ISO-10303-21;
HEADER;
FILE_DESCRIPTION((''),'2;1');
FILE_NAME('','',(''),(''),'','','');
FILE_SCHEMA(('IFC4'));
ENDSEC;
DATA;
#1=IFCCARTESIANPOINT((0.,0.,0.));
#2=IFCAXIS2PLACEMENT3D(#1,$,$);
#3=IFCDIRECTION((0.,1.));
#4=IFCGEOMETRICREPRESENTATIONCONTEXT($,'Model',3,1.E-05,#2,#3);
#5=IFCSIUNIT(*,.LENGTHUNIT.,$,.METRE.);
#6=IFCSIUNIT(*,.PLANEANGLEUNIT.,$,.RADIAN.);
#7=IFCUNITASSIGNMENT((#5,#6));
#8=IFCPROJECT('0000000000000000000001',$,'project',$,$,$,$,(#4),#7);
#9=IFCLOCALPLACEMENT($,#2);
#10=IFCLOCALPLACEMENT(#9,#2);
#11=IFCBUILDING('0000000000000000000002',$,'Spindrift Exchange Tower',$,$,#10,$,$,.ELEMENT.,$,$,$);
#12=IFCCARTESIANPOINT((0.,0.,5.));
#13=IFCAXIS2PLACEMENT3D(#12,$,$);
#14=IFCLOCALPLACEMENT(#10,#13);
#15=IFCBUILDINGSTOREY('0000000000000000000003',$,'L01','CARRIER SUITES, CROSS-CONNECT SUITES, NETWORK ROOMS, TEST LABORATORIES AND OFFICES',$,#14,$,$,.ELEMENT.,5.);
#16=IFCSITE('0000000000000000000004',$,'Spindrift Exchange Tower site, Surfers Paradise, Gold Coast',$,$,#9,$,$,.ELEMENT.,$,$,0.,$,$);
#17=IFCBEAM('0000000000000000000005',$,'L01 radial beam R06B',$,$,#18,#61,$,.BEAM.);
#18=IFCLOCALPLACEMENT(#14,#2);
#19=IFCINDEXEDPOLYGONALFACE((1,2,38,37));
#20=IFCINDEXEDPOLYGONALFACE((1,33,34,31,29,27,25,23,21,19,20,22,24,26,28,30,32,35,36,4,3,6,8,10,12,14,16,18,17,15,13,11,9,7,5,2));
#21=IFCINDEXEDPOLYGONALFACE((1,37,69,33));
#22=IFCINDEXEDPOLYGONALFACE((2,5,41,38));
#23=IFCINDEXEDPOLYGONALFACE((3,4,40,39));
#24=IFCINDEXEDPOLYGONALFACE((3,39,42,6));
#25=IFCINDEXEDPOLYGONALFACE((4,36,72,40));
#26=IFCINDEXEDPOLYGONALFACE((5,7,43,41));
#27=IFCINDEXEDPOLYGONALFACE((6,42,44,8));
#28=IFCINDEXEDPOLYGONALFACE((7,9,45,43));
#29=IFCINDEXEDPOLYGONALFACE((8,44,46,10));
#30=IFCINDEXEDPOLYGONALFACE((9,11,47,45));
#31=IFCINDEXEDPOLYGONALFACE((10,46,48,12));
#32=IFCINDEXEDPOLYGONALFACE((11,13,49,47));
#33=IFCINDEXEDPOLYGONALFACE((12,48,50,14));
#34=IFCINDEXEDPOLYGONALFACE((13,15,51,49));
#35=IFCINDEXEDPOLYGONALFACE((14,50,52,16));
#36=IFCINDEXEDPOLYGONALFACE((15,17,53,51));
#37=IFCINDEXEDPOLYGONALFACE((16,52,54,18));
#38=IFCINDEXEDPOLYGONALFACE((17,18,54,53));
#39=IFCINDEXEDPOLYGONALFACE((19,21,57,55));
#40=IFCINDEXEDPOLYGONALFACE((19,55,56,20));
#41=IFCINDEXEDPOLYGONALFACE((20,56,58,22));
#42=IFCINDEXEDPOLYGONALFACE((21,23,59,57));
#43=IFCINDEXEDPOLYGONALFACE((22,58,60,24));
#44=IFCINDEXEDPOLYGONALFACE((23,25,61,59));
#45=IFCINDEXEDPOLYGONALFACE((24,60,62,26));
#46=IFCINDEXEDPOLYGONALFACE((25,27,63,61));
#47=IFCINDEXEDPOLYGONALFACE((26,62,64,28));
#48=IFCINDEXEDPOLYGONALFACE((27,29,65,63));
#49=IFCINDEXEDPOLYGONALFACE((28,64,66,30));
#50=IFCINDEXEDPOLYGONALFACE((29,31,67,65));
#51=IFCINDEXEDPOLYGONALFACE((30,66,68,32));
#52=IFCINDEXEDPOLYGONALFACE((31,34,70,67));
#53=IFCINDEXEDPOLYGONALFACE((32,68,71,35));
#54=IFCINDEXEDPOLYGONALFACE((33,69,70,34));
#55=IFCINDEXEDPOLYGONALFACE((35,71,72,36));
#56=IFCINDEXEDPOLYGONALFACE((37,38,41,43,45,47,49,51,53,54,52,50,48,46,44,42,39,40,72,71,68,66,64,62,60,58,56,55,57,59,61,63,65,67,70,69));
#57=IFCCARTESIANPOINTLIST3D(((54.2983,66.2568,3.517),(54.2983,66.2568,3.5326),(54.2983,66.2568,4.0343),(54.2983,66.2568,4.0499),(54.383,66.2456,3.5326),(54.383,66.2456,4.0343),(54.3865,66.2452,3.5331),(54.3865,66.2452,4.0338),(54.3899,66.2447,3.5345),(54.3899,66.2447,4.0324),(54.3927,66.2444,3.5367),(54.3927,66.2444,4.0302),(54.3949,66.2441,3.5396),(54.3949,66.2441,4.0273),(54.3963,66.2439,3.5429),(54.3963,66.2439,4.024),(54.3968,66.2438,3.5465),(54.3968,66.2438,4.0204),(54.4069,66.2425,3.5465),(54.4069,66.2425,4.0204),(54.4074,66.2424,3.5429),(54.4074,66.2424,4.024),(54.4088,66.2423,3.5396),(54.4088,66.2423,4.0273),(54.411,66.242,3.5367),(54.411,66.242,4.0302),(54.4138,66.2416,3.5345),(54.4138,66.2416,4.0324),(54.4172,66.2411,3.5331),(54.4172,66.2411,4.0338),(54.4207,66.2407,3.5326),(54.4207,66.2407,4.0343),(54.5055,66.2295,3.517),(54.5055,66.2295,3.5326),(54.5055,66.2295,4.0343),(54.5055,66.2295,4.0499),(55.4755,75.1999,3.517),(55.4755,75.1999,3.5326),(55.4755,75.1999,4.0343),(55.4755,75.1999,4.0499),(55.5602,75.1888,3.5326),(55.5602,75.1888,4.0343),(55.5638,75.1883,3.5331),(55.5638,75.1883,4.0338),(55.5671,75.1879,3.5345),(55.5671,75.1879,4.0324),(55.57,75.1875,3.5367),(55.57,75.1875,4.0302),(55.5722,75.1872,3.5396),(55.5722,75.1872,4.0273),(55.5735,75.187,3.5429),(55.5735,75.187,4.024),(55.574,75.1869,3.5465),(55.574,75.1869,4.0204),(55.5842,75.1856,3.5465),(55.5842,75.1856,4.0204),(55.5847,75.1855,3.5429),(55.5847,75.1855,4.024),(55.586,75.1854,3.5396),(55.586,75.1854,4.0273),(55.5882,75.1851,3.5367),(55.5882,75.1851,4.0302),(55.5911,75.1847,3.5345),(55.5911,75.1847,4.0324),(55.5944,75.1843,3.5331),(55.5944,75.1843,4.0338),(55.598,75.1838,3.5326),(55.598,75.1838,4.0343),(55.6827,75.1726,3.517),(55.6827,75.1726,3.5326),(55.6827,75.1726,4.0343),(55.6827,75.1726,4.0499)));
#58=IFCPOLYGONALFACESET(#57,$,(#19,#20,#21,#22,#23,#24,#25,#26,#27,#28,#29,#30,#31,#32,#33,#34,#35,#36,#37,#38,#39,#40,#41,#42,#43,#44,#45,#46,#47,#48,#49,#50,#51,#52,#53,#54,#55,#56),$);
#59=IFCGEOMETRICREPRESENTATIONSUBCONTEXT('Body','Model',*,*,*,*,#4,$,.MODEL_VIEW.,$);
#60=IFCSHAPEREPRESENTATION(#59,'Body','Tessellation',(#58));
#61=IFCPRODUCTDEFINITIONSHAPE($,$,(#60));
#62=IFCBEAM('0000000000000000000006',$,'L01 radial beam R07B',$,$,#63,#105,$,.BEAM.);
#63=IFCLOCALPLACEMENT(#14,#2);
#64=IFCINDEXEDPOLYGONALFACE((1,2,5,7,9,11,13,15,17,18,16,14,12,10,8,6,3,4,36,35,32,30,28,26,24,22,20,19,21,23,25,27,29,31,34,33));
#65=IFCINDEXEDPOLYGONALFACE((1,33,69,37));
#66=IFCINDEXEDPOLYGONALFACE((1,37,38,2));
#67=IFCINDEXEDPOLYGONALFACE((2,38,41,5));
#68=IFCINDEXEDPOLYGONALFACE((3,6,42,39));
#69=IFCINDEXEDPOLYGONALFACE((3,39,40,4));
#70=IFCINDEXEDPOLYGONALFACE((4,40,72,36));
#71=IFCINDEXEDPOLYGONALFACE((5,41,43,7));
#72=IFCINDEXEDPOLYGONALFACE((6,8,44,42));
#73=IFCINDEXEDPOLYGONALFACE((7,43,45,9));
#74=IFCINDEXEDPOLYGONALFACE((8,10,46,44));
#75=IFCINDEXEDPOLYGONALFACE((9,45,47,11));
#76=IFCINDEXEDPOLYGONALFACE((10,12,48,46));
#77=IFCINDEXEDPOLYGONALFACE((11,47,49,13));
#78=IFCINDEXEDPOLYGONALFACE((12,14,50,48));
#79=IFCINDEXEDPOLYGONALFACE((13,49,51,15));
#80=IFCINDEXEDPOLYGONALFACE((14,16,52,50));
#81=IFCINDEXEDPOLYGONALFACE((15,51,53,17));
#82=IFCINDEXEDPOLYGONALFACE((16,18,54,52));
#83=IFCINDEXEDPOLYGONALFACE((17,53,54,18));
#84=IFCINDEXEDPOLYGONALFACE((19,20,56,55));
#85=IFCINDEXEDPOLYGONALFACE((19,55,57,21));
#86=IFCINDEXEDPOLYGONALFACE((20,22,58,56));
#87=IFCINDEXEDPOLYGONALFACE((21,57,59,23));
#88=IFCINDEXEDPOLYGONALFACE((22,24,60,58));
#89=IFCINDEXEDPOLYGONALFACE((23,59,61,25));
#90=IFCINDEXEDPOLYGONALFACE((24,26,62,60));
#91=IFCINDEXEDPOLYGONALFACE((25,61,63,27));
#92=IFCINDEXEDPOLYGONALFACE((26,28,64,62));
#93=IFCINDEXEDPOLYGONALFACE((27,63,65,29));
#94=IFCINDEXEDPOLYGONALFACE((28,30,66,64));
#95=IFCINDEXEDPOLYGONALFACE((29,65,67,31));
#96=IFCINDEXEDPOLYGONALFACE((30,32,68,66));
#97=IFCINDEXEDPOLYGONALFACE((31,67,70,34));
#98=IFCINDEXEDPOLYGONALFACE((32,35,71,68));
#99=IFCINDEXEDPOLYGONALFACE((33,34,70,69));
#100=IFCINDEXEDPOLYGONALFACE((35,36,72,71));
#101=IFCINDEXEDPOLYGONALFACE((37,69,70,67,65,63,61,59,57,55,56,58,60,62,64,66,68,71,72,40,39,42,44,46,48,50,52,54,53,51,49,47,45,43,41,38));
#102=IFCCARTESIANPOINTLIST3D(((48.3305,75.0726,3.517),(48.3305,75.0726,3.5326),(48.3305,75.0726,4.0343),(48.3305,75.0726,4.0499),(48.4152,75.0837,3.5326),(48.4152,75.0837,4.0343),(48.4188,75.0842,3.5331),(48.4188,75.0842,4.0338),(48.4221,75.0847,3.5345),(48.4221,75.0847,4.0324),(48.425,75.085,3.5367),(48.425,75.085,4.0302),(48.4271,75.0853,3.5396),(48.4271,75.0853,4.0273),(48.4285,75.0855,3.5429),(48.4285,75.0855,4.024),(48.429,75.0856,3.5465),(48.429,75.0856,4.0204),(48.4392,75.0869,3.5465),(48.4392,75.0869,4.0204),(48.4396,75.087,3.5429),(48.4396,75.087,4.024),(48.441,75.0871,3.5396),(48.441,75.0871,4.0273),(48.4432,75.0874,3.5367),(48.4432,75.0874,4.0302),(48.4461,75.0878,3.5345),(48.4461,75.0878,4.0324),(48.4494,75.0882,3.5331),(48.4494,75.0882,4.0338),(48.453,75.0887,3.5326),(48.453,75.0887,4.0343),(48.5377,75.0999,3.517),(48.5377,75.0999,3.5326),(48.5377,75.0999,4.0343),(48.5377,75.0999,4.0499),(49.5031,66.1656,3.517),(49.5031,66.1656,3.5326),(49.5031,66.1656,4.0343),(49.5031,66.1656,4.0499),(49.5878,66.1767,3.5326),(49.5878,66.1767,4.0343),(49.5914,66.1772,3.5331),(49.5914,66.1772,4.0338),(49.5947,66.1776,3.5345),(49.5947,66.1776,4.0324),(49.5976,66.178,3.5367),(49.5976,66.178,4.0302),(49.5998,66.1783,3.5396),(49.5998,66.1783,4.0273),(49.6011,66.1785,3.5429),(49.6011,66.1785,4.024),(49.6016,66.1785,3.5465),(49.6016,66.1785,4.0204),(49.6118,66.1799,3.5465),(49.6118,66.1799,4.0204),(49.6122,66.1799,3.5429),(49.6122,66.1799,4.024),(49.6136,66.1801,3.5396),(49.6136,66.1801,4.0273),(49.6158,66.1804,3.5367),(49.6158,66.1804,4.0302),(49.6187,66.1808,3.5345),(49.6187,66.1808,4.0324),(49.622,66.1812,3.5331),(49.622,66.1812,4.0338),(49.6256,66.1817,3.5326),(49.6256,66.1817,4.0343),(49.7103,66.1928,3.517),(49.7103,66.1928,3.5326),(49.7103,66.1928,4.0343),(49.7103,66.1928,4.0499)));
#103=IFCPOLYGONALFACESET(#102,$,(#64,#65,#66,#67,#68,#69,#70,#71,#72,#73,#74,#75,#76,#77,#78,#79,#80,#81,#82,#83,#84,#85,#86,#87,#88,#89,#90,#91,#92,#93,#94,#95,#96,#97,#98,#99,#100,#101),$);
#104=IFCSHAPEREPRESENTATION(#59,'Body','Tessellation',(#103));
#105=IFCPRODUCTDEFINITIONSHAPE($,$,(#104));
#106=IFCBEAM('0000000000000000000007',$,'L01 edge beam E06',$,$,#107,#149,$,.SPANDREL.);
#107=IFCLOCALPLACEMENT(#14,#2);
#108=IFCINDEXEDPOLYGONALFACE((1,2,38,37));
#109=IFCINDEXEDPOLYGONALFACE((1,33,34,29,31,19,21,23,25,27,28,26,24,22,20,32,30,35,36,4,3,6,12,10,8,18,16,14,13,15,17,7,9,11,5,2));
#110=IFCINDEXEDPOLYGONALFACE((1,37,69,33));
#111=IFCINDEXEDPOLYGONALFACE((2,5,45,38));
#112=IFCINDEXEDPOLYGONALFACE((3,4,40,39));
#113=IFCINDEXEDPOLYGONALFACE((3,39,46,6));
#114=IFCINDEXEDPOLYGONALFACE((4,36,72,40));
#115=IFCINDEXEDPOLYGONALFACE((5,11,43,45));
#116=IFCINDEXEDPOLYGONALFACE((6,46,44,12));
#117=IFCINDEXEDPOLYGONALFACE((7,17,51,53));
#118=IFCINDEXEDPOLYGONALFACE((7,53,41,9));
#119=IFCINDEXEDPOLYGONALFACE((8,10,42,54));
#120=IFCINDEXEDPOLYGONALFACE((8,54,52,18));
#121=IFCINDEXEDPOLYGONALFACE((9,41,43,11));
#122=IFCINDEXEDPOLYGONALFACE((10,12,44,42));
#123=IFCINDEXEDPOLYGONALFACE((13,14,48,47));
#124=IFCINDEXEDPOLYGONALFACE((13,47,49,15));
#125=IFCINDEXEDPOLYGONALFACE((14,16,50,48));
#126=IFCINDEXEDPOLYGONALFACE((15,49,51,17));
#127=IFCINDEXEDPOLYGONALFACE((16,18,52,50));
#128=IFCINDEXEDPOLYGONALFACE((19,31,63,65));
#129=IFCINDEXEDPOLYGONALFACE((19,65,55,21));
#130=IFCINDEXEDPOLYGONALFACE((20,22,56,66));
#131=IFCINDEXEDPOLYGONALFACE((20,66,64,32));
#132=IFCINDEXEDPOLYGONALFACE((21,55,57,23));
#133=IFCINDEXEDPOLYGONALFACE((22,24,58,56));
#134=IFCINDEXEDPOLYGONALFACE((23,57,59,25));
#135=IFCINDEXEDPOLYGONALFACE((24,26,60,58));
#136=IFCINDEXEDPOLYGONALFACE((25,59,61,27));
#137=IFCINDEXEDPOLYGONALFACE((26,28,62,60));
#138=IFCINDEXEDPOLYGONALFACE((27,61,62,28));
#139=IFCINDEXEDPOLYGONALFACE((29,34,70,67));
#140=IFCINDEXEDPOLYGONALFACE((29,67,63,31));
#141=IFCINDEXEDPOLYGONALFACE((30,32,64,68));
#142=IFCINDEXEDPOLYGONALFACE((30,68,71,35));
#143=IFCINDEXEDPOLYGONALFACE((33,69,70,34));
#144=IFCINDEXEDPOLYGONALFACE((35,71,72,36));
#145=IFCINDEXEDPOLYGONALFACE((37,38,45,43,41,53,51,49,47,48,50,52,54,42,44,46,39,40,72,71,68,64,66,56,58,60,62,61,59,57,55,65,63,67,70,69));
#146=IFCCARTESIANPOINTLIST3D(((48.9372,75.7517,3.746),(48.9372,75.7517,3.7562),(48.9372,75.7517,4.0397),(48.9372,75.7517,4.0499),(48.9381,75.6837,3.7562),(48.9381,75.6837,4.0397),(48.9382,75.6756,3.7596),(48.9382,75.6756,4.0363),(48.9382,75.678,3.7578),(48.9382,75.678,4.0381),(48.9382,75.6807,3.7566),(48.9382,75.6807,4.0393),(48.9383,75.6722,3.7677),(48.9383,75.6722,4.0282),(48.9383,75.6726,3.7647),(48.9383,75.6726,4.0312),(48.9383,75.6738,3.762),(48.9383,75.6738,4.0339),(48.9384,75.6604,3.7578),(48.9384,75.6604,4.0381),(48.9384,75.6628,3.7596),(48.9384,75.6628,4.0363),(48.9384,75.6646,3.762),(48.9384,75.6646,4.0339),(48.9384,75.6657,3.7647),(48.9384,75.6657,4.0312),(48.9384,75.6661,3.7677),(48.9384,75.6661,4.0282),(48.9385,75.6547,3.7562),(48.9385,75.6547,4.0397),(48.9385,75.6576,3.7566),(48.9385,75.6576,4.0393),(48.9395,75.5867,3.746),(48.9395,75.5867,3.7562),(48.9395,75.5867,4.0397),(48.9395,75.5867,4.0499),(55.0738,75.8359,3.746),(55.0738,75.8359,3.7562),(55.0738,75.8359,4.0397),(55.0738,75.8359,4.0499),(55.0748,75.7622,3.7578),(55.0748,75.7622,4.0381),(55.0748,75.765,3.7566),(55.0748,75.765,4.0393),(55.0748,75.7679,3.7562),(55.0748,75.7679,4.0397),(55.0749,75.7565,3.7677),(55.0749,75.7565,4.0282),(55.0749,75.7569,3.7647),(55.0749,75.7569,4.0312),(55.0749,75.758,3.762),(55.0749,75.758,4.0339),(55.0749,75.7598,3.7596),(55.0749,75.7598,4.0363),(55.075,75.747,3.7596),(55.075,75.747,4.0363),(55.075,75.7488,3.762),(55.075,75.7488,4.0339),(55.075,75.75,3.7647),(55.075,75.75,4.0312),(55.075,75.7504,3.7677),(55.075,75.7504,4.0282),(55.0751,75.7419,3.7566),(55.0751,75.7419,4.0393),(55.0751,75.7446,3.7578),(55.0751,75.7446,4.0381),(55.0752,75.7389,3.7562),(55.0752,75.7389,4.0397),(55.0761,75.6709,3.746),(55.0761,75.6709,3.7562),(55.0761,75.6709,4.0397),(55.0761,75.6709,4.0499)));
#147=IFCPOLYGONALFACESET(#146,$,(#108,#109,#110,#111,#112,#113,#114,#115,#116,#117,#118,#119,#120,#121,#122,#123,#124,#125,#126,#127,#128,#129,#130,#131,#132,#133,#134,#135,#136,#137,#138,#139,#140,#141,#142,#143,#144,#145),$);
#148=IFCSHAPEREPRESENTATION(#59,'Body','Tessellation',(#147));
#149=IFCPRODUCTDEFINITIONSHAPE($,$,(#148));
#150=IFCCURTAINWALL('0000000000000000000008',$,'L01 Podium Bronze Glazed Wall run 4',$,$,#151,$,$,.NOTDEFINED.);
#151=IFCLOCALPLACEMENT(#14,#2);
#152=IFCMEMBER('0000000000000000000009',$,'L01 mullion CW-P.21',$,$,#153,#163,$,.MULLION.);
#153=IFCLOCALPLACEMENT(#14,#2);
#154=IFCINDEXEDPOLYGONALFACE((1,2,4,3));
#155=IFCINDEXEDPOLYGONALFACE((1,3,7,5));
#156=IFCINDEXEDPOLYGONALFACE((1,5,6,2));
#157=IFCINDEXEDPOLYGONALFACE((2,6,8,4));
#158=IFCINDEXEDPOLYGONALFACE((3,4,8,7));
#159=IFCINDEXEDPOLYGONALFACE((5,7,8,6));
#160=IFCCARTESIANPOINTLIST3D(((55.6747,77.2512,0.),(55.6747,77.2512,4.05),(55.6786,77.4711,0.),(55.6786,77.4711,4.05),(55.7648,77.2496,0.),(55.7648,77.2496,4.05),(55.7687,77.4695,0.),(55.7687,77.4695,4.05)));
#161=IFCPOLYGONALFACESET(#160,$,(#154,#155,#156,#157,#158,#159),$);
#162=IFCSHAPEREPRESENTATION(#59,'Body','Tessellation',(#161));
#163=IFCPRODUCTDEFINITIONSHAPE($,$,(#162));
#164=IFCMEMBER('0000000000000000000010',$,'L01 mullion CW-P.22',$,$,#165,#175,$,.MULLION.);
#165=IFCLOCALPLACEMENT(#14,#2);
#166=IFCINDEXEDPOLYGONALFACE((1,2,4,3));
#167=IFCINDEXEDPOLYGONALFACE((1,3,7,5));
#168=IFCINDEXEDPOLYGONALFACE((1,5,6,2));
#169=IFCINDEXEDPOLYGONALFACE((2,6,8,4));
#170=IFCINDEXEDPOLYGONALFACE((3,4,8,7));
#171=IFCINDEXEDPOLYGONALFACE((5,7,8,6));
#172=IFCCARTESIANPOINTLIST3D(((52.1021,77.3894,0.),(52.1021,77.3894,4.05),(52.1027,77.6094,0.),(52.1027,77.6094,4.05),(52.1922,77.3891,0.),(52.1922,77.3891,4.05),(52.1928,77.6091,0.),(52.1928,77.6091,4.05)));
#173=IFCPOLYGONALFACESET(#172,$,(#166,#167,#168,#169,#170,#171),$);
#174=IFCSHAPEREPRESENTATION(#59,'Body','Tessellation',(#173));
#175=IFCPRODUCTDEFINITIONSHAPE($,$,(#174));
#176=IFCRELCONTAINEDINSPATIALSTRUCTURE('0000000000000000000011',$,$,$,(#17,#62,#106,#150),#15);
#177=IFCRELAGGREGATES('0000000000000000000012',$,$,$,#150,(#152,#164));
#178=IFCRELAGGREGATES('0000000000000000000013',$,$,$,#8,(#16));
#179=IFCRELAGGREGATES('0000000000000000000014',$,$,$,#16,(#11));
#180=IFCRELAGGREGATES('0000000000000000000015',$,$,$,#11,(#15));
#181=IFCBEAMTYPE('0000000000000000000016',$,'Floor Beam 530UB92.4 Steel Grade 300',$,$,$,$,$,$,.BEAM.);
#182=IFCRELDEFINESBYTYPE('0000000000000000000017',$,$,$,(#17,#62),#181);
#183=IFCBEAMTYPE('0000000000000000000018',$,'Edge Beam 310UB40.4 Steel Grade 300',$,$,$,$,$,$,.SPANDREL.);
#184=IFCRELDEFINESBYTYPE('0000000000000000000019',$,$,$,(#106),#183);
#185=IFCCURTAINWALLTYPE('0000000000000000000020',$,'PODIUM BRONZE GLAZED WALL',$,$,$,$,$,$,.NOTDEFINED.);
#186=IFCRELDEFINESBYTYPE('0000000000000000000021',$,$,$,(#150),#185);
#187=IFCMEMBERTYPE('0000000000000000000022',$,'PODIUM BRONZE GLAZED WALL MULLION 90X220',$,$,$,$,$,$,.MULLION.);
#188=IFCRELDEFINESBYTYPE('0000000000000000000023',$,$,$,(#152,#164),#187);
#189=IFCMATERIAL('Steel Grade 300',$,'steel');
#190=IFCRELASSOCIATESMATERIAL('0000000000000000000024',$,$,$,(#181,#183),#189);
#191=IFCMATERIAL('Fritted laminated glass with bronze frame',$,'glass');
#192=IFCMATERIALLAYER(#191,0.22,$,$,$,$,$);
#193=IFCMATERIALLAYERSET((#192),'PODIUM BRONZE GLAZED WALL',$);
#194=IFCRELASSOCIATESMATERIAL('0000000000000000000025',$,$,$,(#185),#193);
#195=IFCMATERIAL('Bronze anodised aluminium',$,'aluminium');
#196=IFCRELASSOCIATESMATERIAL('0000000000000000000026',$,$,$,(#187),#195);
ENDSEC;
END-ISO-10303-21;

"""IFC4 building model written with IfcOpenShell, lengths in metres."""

from ifc_helpers import new_model, si_unit, direction, frame, origin, origin_2d, place, context, subcontext, project, spatial, rectangle, i_section, extrude, source, transform, mapped, material, layer, layer_set, material_profile, profile_set, type_object, element, aggregate, save


model = new_model("IFC4")

# Units and contexts
model_context = context("Model", 3, precision=1e-05, world=origin(), true_north=direction((0.0, 1.0)))
body_context = subcontext(model_context, "Body", "Model", "MODEL_VIEW")
ifc_project = project(units=[si_unit("LENGTHUNIT", "METRE"), si_unit("PLANEANGLEUNIT", "RADIAN")], contexts=[model_context])

# Site, building, storey
site_placement = place(None, origin())
site = spatial("IfcSite", under=ifc_project, at=site_placement, Name="Spindrift Exchange Tower site, Surfers Paradise, Gold Coast", CompositionType="ELEMENT", RefElevation=0.0)
building_placement = place(site_placement, origin())
building = spatial("IfcBuilding", under=site, at=building_placement, Name="Spindrift Exchange Tower", CompositionType="ELEMENT")
storey_placement = place(building_placement, frame((0.0, 0.0, 5.0)))
storey = spatial("IfcBuildingStorey", under=building, at=storey_placement, Name="L01", Description="CARRIER SUITES, CROSS-CONNECT SUITES, NETWORK ROOMS, TEST LABORATORIES AND OFFICES", CompositionType="ELEMENT", Elevation=5.0)

# Beams
ifc_material_1 = material(Name="Steel Grade 300", Category="steel")
ifc_material_profile_1 = material_profile(ifc_material_1, i_section(OverallWidth=0.209, OverallDepth=0.533, WebThickness=0.0103, FlangeThickness=0.0156, FilletRadius=0.0139, at=origin_2d()), Name="530UB92.4")
ifc_profile_set_1 = profile_set([ifc_material_profile_1], Name="Steel Grade 300")
beam_type_1 = type_object("IfcBeamType", Name="Floor Beam 530UB92.4 Steel Grade 300", PredefinedType="BEAM", material=ifc_profile_set_1)
shared_shape_1 = source(origin(), body_context, "Body", "SweptSolid", [
    extrude(i_section(OverallWidth=0.209, OverallDepth=0.533, WebThickness=0.0103, FlangeThickness=0.0156, FilletRadius=0.0139, at=origin_2d()), origin(), (0.0, 0.0, 1.0), 9.0203),
])
beam_1_placement = place(storey_placement, frame((54.4019, 66.2432, 3.7834), z_axis=(0.130511, 0.991447, 0.0), x_axis=(-0.991447, 0.130511, 0.0)))
element("IfcBeam", 1, at=beam_1_placement, inside=storey, type_object=beam_type_1, Name="L01 radial beam R06B", PredefinedType="BEAM", context=body_context, shape_type="MappedRepresentation", body=[
    mapped(shared_shape_1, transform((0.0, 0.0, 0.0), scale=1.0)),
])
shared_shape_2 = source(origin(), body_context, "Body", "SweptSolid", [
    extrude(i_section(OverallWidth=0.209, OverallDepth=0.533, WebThickness=0.0103, FlangeThickness=0.0156, FilletRadius=0.0139, at=origin_2d()), origin(), (0.0, 0.0, 1.0), 8.9839),
])
beam_2_placement = place(storey_placement, frame((49.6067, 66.1792, 3.7834), z_axis=(-0.130524, 0.991445, 0.0), x_axis=(-0.991445, -0.130524, 0.0)))
element("IfcBeam", 2, at=beam_2_placement, inside=storey, type_object=beam_type_1, Name="L01 radial beam R07B", PredefinedType="BEAM", context=body_context, shape_type="MappedRepresentation", body=[
    mapped(shared_shape_2, transform((0.0, 0.0, 0.0), scale=1.0)),
])
ifc_material_profile_2 = material_profile(ifc_material_1, i_section(OverallWidth=0.165, OverallDepth=0.304, WebThickness=0.0061, FlangeThickness=0.0103, FilletRadius=0.0115, at=origin_2d()), Name="310UB40.4")
ifc_profile_set_2 = profile_set([ifc_material_profile_2], Name="Steel Grade 300")
beam_type_2 = type_object("IfcBeamType", Name="Edge Beam 310UB40.4 Steel Grade 300", PredefinedType="SPANDREL", material=ifc_profile_set_2)
shared_shape_3 = source(origin(), body_context, "Body", "SweptSolid", [
    extrude(i_section(OverallWidth=0.165, OverallDepth=0.304, WebThickness=0.0061, FlangeThickness=0.0103, FilletRadius=0.0115, at=origin_2d()), origin(), (0.0, 0.0, 1.0), 6.1372),
])
beam_3_placement = place(storey_placement, frame((55.075, 75.7534, 3.8979), z_axis=(-0.999906, -0.013724, 0.0), x_axis=(0.013724, -0.999906, 0.0)))
element("IfcBeam", 3, at=beam_3_placement, inside=storey, type_object=beam_type_2, Name="L01 edge beam E06", PredefinedType="SPANDREL", context=body_context, shape_type="MappedRepresentation", body=[
    mapped(shared_shape_3, transform((0.0, 0.0, 0.0), scale=1.0)),
])

# Curtain wall, members
ifc_material_2 = material(Name="Fritted laminated glass with bronze frame", Category="glass")
ifc_layer_1 = layer(ifc_material_2, 0.22)
ifc_layer_set_1 = layer_set([ifc_layer_1], Name="PODIUM BRONZE GLAZED WALL")
curtain_wall_type = type_object("IfcCurtainWallType", Name="PODIUM BRONZE GLAZED WALL", PredefinedType="NOTDEFINED", material=ifc_layer_set_1)
curtain_wall_placement = place(storey_placement, origin())
curtain_wall = element("IfcCurtainWall", 4, at=curtain_wall_placement, inside=storey, type_object=curtain_wall_type, Name="L01 Podium Bronze Glazed Wall run 4", PredefinedType="NOTDEFINED")
ifc_material_3 = material(Name="Bronze anodised aluminium", Category="aluminium")
ifc_material_profile_3 = material_profile(ifc_material_3, rectangle(XDim=0.0901, YDim=0.22, at=origin_2d()), Name="PODIUM BRONZE GLAZED WALL MULLION 90X220")
ifc_profile_set_3 = profile_set([ifc_material_profile_3], Name="Bronze anodised aluminium")
member_type_1 = type_object("IfcMemberType", Name="PODIUM BRONZE GLAZED WALL MULLION 90X220", PredefinedType="MULLION", material=ifc_profile_set_3)
shared_shape_4 = source(origin(), body_context, "Body", "SweptSolid", [
    extrude(rectangle(XDim=0.0901, YDim=0.22, at=origin_2d()), origin(), (0.0, 0.0, 1.0), 4.05),
])
member_1_placement = place(storey_placement, frame((55.7217, 77.3604, 0.0), z_axis=(0.0, 0.0, 1.0), x_axis=(-0.999841, 0.017819, 0.0)))
member_1 = element("IfcMember", 5, at=member_1_placement, type_object=member_type_1, Name="L01 mullion CW-P.21", PredefinedType="MULLION", context=body_context, shape_type="MappedRepresentation", body=[
    mapped(shared_shape_4, transform((0.0, 0.0, 0.0), scale=1.0)),
])
member_2_placement = place(storey_placement, frame((52.1475, 77.4993, 0.0), z_axis=(0.0, 0.0, 1.0), x_axis=(-0.999996, 0.002951, 0.0)))
member_2 = element("IfcMember", 6, at=member_2_placement, type_object=member_type_1, Name="L01 mullion CW-P.22", PredefinedType="MULLION", context=body_context, shape_type="MappedRepresentation", body=[
    mapped(shared_shape_4, transform((0.0, 0.0, 0.0), scale=1.0)),
])
aggregate(curtain_wall, [member_1, member_2])

save(model, "model.ifc")
